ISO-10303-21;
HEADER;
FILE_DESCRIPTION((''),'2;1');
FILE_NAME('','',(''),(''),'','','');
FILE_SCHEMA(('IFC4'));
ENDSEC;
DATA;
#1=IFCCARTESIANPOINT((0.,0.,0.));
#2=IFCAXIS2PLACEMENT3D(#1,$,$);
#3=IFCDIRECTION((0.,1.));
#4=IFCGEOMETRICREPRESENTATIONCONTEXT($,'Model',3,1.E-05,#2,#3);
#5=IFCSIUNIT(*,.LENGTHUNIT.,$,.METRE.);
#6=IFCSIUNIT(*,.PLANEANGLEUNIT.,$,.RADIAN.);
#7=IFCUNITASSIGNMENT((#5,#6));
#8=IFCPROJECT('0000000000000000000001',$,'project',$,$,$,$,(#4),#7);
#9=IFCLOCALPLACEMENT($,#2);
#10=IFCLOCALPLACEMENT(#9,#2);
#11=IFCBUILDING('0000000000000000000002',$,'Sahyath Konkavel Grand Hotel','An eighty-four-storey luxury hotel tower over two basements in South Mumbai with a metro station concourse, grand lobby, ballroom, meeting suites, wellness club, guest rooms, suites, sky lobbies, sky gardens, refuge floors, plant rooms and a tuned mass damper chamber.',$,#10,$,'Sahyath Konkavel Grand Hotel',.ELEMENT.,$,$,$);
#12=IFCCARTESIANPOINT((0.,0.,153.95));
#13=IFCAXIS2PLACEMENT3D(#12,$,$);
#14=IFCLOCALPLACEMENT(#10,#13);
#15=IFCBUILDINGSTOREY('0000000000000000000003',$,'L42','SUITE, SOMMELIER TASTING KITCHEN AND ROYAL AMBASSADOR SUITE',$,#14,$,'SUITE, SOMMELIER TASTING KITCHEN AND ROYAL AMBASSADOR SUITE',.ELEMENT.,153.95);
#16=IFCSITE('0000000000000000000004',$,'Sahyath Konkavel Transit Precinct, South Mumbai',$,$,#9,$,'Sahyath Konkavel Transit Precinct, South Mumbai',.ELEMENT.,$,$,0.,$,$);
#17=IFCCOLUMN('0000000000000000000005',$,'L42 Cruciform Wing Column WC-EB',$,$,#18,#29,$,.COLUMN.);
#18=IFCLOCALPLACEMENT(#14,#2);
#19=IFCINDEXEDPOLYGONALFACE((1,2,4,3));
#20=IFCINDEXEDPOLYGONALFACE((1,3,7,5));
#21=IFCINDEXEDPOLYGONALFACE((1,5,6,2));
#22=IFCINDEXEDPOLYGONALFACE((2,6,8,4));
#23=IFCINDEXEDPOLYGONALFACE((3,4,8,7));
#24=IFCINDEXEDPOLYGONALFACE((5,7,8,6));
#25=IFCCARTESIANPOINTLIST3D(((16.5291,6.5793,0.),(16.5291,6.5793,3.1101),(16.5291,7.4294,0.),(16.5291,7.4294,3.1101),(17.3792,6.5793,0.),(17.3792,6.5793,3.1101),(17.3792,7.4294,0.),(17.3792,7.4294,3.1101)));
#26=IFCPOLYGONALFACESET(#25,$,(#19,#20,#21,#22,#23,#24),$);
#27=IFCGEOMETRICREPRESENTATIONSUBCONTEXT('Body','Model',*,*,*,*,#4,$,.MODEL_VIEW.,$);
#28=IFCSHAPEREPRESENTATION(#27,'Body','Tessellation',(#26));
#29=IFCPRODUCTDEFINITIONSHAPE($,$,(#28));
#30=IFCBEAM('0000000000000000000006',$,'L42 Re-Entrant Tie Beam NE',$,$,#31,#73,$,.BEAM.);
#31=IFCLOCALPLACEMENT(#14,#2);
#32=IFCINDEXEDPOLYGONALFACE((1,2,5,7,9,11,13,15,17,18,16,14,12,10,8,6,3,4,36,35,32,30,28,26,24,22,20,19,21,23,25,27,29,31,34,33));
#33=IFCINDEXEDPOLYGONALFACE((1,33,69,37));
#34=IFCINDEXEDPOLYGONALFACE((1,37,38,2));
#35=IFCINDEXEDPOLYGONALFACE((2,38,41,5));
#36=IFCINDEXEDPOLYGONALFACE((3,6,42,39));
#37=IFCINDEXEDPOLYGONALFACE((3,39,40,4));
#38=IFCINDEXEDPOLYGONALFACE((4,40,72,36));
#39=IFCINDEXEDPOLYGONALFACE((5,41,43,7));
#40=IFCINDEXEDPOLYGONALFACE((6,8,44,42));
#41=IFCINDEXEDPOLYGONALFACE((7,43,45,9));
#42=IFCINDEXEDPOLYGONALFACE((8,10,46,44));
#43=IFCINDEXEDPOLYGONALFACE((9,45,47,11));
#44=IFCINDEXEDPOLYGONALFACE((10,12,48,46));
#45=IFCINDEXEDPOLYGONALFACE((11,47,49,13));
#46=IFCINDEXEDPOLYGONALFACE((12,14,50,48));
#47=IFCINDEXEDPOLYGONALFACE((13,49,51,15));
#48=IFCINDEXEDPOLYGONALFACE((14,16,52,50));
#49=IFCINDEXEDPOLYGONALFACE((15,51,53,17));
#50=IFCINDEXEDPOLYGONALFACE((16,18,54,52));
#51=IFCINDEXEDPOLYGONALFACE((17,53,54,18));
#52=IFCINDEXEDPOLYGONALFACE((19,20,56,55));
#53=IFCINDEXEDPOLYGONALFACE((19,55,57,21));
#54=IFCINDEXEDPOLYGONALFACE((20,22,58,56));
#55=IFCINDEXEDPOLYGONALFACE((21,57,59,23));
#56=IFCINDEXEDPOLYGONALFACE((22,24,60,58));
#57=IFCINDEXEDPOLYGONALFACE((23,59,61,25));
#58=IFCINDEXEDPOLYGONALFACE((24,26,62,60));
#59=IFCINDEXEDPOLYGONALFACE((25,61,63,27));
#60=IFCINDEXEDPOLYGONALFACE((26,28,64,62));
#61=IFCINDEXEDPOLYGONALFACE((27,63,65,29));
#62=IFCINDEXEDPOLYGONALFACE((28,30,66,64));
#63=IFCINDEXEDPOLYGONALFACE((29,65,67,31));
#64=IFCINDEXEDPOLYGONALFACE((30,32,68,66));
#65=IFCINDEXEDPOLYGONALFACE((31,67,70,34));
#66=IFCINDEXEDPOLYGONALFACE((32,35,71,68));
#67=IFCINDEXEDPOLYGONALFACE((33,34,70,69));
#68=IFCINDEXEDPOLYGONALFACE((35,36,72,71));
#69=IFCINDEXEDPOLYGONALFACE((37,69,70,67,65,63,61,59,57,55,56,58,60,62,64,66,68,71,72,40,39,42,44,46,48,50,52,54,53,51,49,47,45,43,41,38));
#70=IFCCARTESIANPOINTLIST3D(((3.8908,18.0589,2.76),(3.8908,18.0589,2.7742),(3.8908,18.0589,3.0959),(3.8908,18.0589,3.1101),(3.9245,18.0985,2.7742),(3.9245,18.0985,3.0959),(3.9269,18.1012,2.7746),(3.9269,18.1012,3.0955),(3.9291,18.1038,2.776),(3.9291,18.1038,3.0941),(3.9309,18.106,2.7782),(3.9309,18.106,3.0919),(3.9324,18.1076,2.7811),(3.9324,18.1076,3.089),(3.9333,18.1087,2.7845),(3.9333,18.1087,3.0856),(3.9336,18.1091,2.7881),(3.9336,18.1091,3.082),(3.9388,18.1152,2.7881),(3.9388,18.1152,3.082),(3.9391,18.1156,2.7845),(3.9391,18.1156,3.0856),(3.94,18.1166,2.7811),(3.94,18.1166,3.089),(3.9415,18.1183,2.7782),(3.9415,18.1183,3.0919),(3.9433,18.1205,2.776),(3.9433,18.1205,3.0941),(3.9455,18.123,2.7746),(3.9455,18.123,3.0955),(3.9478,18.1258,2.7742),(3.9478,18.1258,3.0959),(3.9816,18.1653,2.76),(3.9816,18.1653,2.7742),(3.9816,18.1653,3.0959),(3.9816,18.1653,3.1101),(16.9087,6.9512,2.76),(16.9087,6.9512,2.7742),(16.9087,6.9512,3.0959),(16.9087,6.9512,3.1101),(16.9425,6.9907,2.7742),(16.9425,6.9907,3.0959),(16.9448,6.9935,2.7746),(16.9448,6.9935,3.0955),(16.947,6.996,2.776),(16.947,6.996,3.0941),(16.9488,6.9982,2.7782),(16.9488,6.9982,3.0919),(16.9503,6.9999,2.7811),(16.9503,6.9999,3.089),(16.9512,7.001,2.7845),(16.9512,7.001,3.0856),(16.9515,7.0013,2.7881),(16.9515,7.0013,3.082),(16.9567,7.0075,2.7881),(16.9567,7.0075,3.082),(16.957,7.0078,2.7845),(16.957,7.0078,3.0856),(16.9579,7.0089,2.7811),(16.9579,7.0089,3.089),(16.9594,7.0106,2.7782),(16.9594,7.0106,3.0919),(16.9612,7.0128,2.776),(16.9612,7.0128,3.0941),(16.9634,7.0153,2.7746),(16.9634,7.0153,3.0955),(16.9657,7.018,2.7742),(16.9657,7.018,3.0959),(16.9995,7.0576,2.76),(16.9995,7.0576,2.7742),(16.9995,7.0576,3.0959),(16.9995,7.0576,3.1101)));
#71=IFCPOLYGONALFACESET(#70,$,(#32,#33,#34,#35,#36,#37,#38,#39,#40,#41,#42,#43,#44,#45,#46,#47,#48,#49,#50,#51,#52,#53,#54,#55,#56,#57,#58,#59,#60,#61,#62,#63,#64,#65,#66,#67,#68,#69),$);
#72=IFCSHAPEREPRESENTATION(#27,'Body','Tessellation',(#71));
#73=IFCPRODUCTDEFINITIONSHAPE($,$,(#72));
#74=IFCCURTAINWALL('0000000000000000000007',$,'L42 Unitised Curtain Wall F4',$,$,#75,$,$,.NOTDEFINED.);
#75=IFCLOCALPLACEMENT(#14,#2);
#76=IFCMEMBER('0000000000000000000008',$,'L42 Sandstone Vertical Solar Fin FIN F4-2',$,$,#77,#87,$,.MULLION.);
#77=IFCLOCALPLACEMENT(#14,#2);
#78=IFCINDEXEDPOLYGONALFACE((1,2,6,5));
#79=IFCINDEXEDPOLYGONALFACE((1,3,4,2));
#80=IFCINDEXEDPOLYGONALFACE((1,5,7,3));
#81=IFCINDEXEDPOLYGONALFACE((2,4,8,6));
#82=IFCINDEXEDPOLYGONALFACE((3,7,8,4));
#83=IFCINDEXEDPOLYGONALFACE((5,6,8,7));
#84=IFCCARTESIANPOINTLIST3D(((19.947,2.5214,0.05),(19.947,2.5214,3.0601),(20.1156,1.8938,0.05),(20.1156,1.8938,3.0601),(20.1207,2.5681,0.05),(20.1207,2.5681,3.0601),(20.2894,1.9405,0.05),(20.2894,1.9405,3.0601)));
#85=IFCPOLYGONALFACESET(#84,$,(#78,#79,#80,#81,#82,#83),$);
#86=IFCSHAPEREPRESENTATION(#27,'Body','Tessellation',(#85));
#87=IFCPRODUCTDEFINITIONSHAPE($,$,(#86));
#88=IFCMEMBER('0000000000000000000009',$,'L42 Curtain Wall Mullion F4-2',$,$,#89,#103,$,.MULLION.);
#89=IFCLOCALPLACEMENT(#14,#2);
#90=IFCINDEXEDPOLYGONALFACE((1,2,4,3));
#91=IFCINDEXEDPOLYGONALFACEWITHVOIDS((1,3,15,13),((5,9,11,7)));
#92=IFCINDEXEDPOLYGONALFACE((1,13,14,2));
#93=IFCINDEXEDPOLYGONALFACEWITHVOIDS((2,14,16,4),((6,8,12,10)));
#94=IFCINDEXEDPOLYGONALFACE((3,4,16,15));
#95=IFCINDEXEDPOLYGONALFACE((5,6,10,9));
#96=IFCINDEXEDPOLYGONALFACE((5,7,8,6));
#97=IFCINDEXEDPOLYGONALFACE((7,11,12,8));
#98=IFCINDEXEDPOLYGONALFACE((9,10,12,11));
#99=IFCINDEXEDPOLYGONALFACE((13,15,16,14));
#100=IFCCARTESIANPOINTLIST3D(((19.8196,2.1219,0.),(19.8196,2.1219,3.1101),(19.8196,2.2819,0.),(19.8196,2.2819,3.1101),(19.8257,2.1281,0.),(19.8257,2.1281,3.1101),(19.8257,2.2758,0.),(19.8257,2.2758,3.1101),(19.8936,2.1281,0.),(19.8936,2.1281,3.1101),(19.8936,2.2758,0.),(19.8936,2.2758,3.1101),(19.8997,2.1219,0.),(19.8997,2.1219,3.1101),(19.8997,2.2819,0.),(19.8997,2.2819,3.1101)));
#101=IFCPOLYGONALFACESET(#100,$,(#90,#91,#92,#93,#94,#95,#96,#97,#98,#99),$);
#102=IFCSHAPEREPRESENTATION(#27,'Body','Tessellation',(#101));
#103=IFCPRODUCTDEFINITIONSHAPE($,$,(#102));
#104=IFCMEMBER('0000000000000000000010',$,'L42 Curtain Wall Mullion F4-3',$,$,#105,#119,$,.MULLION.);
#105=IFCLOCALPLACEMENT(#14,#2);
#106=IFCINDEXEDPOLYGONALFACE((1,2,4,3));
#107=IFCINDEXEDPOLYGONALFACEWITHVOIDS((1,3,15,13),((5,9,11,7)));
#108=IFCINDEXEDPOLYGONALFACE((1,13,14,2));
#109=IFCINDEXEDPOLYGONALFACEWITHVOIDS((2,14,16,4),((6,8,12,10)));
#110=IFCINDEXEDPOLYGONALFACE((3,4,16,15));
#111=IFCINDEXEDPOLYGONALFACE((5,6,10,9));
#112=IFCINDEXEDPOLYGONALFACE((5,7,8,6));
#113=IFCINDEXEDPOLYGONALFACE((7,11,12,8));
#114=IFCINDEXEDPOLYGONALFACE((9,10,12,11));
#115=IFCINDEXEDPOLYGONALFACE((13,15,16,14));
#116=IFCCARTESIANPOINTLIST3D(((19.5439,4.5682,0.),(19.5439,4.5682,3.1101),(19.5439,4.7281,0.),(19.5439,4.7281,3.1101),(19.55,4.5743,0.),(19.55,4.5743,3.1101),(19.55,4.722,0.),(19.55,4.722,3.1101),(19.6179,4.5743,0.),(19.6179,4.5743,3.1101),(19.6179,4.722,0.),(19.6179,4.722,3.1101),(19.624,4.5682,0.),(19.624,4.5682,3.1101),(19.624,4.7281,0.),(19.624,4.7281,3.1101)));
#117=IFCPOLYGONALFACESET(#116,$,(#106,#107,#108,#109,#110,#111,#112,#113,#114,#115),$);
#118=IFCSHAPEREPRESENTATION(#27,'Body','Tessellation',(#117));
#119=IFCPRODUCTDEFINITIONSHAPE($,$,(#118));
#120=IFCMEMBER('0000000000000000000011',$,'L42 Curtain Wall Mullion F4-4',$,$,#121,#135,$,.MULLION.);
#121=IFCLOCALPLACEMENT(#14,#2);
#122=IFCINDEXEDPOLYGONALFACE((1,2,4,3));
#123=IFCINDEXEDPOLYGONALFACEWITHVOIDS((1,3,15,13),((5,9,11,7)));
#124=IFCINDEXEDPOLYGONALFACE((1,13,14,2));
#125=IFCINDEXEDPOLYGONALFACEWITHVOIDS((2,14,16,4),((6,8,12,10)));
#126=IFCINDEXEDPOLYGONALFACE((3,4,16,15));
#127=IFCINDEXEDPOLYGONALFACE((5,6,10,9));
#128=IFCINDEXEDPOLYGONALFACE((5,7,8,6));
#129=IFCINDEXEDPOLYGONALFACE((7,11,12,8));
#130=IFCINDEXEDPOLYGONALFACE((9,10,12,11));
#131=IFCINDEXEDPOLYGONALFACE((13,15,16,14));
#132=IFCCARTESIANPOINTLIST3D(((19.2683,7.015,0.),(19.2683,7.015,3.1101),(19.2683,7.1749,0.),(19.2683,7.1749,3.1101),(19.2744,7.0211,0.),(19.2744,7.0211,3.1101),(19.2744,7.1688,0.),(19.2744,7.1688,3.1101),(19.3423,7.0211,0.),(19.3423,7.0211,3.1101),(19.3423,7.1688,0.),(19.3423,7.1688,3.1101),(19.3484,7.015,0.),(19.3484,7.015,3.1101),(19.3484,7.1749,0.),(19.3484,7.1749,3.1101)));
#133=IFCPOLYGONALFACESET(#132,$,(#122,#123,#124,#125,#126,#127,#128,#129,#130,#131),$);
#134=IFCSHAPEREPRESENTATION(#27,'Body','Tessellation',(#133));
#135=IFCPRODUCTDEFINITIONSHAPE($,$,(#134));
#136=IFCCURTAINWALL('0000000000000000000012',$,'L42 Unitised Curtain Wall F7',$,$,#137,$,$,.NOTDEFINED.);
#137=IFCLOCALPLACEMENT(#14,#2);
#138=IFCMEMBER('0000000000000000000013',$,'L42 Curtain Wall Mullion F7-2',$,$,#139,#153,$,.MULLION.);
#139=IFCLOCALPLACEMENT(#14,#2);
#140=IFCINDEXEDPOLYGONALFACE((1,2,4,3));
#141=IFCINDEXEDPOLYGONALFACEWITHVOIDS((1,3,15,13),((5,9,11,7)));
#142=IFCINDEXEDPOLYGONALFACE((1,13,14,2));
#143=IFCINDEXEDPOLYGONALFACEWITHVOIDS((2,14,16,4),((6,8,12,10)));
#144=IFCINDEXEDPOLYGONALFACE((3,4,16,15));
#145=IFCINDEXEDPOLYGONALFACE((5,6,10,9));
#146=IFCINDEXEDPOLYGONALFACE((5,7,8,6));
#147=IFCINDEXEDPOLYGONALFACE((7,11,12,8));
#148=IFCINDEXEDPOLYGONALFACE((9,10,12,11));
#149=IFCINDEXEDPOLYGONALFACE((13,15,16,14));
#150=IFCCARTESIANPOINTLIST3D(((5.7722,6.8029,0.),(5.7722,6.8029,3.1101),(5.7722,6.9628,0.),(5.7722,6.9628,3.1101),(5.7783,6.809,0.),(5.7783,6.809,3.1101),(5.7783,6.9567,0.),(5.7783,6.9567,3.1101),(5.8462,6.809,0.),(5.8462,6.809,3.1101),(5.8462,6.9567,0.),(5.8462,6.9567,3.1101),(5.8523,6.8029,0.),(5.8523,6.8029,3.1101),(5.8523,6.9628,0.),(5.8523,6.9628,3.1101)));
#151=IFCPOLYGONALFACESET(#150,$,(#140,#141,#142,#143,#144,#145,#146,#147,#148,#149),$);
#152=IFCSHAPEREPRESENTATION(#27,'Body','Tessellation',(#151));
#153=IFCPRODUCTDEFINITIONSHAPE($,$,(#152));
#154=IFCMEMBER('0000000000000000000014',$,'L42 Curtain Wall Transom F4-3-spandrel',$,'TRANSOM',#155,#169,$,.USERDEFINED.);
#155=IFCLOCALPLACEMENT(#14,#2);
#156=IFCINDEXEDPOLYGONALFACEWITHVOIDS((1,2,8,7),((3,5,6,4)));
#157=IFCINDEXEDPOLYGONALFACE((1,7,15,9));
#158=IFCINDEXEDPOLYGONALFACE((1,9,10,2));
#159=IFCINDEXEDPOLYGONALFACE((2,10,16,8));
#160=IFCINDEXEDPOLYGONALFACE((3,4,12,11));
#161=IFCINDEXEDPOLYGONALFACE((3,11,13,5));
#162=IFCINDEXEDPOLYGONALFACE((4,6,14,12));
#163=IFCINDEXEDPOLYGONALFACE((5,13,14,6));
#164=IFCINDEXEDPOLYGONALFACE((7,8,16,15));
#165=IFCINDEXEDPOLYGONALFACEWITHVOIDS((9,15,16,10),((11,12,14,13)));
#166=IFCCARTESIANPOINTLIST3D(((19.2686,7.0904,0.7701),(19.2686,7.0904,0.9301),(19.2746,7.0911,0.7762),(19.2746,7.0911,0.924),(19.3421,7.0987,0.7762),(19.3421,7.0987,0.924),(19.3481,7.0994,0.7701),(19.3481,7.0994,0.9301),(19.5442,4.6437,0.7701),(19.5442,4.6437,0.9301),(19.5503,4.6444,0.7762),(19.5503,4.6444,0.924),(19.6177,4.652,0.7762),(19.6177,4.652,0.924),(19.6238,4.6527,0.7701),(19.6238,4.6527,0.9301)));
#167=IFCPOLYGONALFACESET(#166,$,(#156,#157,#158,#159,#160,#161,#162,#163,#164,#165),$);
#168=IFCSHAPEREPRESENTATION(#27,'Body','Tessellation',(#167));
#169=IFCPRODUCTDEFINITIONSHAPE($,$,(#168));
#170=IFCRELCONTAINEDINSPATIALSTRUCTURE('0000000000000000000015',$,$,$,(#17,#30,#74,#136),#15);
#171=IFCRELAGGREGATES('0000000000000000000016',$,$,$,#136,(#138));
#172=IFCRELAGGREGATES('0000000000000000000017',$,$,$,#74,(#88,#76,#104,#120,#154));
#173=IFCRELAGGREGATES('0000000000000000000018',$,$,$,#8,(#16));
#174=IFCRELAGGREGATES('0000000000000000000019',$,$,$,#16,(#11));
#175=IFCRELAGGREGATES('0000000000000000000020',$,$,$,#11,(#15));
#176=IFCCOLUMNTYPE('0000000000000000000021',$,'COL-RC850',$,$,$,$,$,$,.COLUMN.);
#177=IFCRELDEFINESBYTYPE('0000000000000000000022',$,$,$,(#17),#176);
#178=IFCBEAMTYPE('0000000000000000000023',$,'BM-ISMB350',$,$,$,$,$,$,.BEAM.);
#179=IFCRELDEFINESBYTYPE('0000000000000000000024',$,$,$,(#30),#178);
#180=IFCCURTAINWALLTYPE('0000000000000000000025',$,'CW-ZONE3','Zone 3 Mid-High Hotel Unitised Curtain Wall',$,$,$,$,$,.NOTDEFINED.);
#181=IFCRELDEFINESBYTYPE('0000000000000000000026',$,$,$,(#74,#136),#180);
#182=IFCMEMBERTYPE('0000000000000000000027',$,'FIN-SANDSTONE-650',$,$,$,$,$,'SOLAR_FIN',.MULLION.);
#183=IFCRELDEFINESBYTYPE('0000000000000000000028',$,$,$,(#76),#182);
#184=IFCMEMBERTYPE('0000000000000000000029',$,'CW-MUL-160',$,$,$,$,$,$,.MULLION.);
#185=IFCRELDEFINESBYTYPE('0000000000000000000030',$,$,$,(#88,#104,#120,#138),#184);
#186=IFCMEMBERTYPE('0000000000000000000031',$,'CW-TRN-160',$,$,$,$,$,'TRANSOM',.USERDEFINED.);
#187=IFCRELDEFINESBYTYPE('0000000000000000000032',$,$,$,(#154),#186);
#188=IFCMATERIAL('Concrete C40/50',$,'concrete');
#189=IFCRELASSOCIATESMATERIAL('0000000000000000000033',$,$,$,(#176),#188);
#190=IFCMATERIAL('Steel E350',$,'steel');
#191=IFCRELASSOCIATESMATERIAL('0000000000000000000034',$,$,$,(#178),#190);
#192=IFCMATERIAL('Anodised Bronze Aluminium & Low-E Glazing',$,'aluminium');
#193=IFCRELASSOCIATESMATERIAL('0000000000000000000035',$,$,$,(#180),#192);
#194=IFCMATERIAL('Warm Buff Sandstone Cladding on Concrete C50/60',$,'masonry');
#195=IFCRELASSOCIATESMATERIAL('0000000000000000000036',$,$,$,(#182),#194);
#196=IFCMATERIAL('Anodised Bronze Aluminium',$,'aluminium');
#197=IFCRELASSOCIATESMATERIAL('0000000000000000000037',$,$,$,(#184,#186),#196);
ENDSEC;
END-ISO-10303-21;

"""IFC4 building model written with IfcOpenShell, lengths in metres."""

from ifc_helpers import new_model, si_unit, direction, frame, origin, origin_2d, place, context, subcontext, project, spatial, rectangle, hollow_rectangle, i_section, extrude, source, transform, mapped, material, material_profile, profile_set, type_object, element, aggregate, save


model = new_model("IFC4")

# Units and contexts
model_context = context("Model", 3, precision=1e-05, world=origin(), true_north=direction((0.0, 1.0)))
body_context = subcontext(model_context, "Body", "Model", "MODEL_VIEW")
ifc_project = project(units=[si_unit("LENGTHUNIT", "METRE"), si_unit("PLANEANGLEUNIT", "RADIAN")], contexts=[model_context])

# Site, building, storey
site_placement = place(None, origin())
site = spatial("IfcSite", under=ifc_project, at=site_placement, Name="Sahyath Konkavel Transit Precinct, South Mumbai", LongName="Sahyath Konkavel Transit Precinct, South Mumbai", CompositionType="ELEMENT", RefElevation=0.0)
building_placement = place(site_placement, origin())
building = spatial("IfcBuilding", under=site, at=building_placement, Name="Sahyath Konkavel Grand Hotel", Description="An eighty-four-storey luxury hotel tower over two basements in South Mumbai with a metro station concourse, grand lobby, ballroom, meeting suites, wellness club, guest rooms, suites, sky lobbies, sky gardens, refuge floors, plant rooms and a tuned mass damper chamber.", LongName="Sahyath Konkavel Grand Hotel", CompositionType="ELEMENT")
storey_placement = place(building_placement, frame((0.0, 0.0, 153.95)))
storey = spatial("IfcBuildingStorey", under=building, at=storey_placement, Name="L42", Description="SUITE, SOMMELIER TASTING KITCHEN AND ROYAL AMBASSADOR SUITE", LongName="SUITE, SOMMELIER TASTING KITCHEN AND ROYAL AMBASSADOR SUITE", CompositionType="ELEMENT", Elevation=153.95)

# Column
ifc_material_1 = material(Name="Concrete C40/50", Category="concrete")
ifc_material_profile_1 = material_profile(ifc_material_1, rectangle(XDim=0.8501, YDim=0.8501, at=origin_2d()), Name="RC 850x850")
ifc_profile_set_1 = profile_set([ifc_material_profile_1], Name="Concrete C40/50")
column_type = type_object("IfcColumnType", Name="COL-RC850", PredefinedType="COLUMN", material=ifc_profile_set_1)
shared_shape_1 = source(origin(), body_context, "Body", "SweptSolid", [
    extrude(rectangle(XDim=0.8501, YDim=0.8501, at=origin_2d()), origin(), (0.0, 0.0, 1.0), 3.1101),
])
column_placement = place(storey_placement, frame((16.9541, 7.0044, 0.0), z_axis=(0.0, 0.0, 1.0), x_axis=(1.0, 0.0, 0.0)))
element("IfcColumn", 1, at=column_placement, inside=storey, type_object=column_type, Name="L42 Cruciform Wing Column WC-EB", PredefinedType="COLUMN", context=body_context, shape_type="MappedRepresentation", body=[
    mapped(shared_shape_1, transform((0.0, 0.0, 0.0), scale=1.0)),
])

# Beam
ifc_material_2 = material(Name="Steel E350", Category="steel")
ifc_material_profile_2 = material_profile(ifc_material_2, i_section(OverallWidth=0.1399, OverallDepth=0.3501, WebThickness=0.0081, FlangeThickness=0.0142, FilletRadius=0.0139, at=origin_2d()), Name="ISMB 350")
ifc_profile_set_2 = profile_set([ifc_material_profile_2], Name="Steel E350")
beam_type_1 = type_object("IfcBeamType", Name="BM-ISMB350", PredefinedType="BEAM", material=ifc_profile_set_2)
shared_shape_2 = source(origin(), body_context, "Body", "SweptSolid", [
    extrude(i_section(OverallWidth=0.1399, OverallDepth=0.3501, WebThickness=0.0081, FlangeThickness=0.0142, FilletRadius=0.0139, at=origin_2d()), origin(), (0.0, 0.0, 1.0), 17.1128),
])
beam_1_placement = place(storey_placement, frame((16.9541, 7.0044, 2.9351), z_axis=(-0.760712, 0.64909, 0.0), x_axis=(-0.64909, -0.760712, 0.0)))
element("IfcBeam", 2, at=beam_1_placement, inside=storey, type_object=beam_type_1, Name="L42 Re-Entrant Tie Beam NE", PredefinedType="BEAM", context=body_context, shape_type="MappedRepresentation", body=[
    mapped(shared_shape_2, transform((0.0, 0.0, 0.0), scale=1.0)),
])

# Curtain wall, members
ifc_material_3 = material(Name="Anodised Bronze Aluminium & Low-E Glazing", Category="aluminium")
curtain_wall_type = type_object("IfcCurtainWallType", Name="CW-ZONE3", Description="Zone 3 Mid-High Hotel Unitised Curtain Wall", PredefinedType="NOTDEFINED", material=ifc_material_3)
curtain_wall_1_placement = place(storey_placement, origin())
curtain_wall_1 = element("IfcCurtainWall", 3, at=curtain_wall_1_placement, inside=storey, type_object=curtain_wall_type, Name="L42 Unitised Curtain Wall F4", PredefinedType="NOTDEFINED")
ifc_material_4 = material(Name="Warm Buff Sandstone Cladding on Concrete C50/60", Category="masonry")
ifc_material_profile_3 = material_profile(ifc_material_4, rectangle(XDim=0.1799, YDim=0.6499, at=origin_2d()), Name="FIN 180x650")
ifc_profile_set_3 = profile_set([ifc_material_profile_3], Name="Warm Buff Sandstone Cladding on Concrete C50/60")
member_type_1 = type_object("IfcMemberType", Name="FIN-SANDSTONE-650", ElementType="SOLAR_FIN", PredefinedType="MULLION", material=ifc_profile_set_3)
shared_shape_3 = source(origin(), body_context, "Body", "SweptSolid", [
    extrude(rectangle(XDim=0.1799, YDim=0.6499, at=origin_2d()), origin(), (0.0, 0.0, 1.0), 3.01),
])
member_1_placement = place(storey_placement, frame((20.1182, 2.231, 0.05), z_axis=(0.0, 0.0, 1.0), x_axis=(0.965745, 0.259493, 0.0)))
member_1 = element("IfcMember", 4, at=member_1_placement, type_object=member_type_1, Name="L42 Sandstone Vertical Solar Fin FIN F4-2", PredefinedType="MULLION", context=body_context, shape_type="MappedRepresentation", body=[
    mapped(shared_shape_3, transform((0.0, 0.0, 0.0), scale=1.0)),
])
ifc_material_5 = material(Name="Anodised Bronze Aluminium", Category="aluminium")
ifc_material_profile_4 = material_profile(ifc_material_5, hollow_rectangle(XDim=0.0801, YDim=0.1599, WallThickness=0.0061, at=origin_2d()), Name="RHS 160x80x6")
ifc_profile_set_4 = profile_set([ifc_material_profile_4], Name="Anodised Bronze Aluminium")
member_type_2 = type_object("IfcMemberType", Name="CW-MUL-160", PredefinedType="MULLION", material=ifc_profile_set_4)
shared_shape_4 = source(origin(), body_context, "Body", "SweptSolid", [
    extrude(hollow_rectangle(XDim=0.0801, YDim=0.1599, WallThickness=0.0061, at=origin_2d()), origin(), (0.0, 0.0, 1.0), 3.1101),
])
member_2_placement = place(storey_placement, frame((19.8596, 2.2019, 0.0), z_axis=(0.0, 0.0, 1.0), x_axis=(1.0, 0.0, 0.0)))
member_2 = element("IfcMember", 5, at=member_2_placement, type_object=member_type_2, Name="L42 Curtain Wall Mullion F4-2", PredefinedType="MULLION", context=body_context, shape_type="MappedRepresentation", body=[
    mapped(shared_shape_4, transform((0.0, 0.0, 0.0), scale=1.0)),
])
member_3_placement = place(storey_placement, frame((19.584, 4.6482, 0.0), z_axis=(0.0, 0.0, 1.0), x_axis=(1.0, 0.0, 0.0)))
member_3 = element("IfcMember", 6, at=member_3_placement, type_object=member_type_2, Name="L42 Curtain Wall Mullion F4-3", PredefinedType="MULLION", context=body_context, shape_type="MappedRepresentation", body=[
    mapped(shared_shape_4, transform((0.0, 0.0, 0.0), scale=1.0)),
])
member_4_placement = place(storey_placement, frame((19.3083, 7.095, 0.0), z_axis=(0.0, 0.0, 1.0), x_axis=(1.0, 0.0, 0.0)))
member_4 = element("IfcMember", 7, at=member_4_placement, type_object=member_type_2, Name="L42 Curtain Wall Mullion F4-4", PredefinedType="MULLION", context=body_context, shape_type="MappedRepresentation", body=[
    mapped(shared_shape_4, transform((0.0, 0.0, 0.0), scale=1.0)),
])

# Curtain wall, member
curtain_wall_2_placement = place(storey_placement, origin())
curtain_wall_2 = element("IfcCurtainWall", 8, at=curtain_wall_2_placement, inside=storey, type_object=curtain_wall_type, Name="L42 Unitised Curtain Wall F7", PredefinedType="NOTDEFINED")
member_5_placement = place(storey_placement, frame((5.8123, 6.8828, 0.0), z_axis=(0.0, 0.0, 1.0), x_axis=(1.0, 0.0, 0.0)))
member_5 = element("IfcMember", 9, at=member_5_placement, type_object=member_type_2, Name="L42 Curtain Wall Mullion F7-2", PredefinedType="MULLION", context=body_context, shape_type="MappedRepresentation", body=[
    mapped(shared_shape_4, transform((0.0, 0.0, 0.0), scale=1.0)),
])
aggregate(curtain_wall_2, [member_5])

# Member
ifc_material_profile_5 = material_profile(ifc_material_5, hollow_rectangle(XDim=0.0801, YDim=0.1599, WallThickness=0.0061, at=origin_2d()), Name="RHS 160x80x6")
ifc_profile_set_5 = profile_set([ifc_material_profile_5], Name="Anodised Bronze Aluminium")
member_type_3 = type_object("IfcMemberType", Name="CW-TRN-160", ElementType="TRANSOM", PredefinedType="USERDEFINED", material=ifc_profile_set_5)
shared_shape_5 = source(origin(), body_context, "Body", "SweptSolid", [
    extrude(hollow_rectangle(XDim=0.0801, YDim=0.1599, WallThickness=0.0061, at=origin_2d()), origin(), (0.0, 0.0, 1.0), 2.4622),
])
member_6_placement = place(storey_placement, frame((19.584, 4.6482, 0.8501), z_axis=(-0.111944, 0.993715, 0.0), x_axis=(-0.993715, -0.111944, 0.0)))
member_6 = element("IfcMember", 10, at=member_6_placement, type_object=member_type_3, Name="L42 Curtain Wall Transom F4-3-spandrel", ObjectType="TRANSOM", PredefinedType="USERDEFINED", context=body_context, shape_type="MappedRepresentation", body=[
    mapped(shared_shape_5, transform((0.0, 0.0, 0.0), scale=1.0)),
])

aggregate(curtain_wall_1, [member_2, member_1, member_3, member_4, member_6])

save(model, "model.ifc")
